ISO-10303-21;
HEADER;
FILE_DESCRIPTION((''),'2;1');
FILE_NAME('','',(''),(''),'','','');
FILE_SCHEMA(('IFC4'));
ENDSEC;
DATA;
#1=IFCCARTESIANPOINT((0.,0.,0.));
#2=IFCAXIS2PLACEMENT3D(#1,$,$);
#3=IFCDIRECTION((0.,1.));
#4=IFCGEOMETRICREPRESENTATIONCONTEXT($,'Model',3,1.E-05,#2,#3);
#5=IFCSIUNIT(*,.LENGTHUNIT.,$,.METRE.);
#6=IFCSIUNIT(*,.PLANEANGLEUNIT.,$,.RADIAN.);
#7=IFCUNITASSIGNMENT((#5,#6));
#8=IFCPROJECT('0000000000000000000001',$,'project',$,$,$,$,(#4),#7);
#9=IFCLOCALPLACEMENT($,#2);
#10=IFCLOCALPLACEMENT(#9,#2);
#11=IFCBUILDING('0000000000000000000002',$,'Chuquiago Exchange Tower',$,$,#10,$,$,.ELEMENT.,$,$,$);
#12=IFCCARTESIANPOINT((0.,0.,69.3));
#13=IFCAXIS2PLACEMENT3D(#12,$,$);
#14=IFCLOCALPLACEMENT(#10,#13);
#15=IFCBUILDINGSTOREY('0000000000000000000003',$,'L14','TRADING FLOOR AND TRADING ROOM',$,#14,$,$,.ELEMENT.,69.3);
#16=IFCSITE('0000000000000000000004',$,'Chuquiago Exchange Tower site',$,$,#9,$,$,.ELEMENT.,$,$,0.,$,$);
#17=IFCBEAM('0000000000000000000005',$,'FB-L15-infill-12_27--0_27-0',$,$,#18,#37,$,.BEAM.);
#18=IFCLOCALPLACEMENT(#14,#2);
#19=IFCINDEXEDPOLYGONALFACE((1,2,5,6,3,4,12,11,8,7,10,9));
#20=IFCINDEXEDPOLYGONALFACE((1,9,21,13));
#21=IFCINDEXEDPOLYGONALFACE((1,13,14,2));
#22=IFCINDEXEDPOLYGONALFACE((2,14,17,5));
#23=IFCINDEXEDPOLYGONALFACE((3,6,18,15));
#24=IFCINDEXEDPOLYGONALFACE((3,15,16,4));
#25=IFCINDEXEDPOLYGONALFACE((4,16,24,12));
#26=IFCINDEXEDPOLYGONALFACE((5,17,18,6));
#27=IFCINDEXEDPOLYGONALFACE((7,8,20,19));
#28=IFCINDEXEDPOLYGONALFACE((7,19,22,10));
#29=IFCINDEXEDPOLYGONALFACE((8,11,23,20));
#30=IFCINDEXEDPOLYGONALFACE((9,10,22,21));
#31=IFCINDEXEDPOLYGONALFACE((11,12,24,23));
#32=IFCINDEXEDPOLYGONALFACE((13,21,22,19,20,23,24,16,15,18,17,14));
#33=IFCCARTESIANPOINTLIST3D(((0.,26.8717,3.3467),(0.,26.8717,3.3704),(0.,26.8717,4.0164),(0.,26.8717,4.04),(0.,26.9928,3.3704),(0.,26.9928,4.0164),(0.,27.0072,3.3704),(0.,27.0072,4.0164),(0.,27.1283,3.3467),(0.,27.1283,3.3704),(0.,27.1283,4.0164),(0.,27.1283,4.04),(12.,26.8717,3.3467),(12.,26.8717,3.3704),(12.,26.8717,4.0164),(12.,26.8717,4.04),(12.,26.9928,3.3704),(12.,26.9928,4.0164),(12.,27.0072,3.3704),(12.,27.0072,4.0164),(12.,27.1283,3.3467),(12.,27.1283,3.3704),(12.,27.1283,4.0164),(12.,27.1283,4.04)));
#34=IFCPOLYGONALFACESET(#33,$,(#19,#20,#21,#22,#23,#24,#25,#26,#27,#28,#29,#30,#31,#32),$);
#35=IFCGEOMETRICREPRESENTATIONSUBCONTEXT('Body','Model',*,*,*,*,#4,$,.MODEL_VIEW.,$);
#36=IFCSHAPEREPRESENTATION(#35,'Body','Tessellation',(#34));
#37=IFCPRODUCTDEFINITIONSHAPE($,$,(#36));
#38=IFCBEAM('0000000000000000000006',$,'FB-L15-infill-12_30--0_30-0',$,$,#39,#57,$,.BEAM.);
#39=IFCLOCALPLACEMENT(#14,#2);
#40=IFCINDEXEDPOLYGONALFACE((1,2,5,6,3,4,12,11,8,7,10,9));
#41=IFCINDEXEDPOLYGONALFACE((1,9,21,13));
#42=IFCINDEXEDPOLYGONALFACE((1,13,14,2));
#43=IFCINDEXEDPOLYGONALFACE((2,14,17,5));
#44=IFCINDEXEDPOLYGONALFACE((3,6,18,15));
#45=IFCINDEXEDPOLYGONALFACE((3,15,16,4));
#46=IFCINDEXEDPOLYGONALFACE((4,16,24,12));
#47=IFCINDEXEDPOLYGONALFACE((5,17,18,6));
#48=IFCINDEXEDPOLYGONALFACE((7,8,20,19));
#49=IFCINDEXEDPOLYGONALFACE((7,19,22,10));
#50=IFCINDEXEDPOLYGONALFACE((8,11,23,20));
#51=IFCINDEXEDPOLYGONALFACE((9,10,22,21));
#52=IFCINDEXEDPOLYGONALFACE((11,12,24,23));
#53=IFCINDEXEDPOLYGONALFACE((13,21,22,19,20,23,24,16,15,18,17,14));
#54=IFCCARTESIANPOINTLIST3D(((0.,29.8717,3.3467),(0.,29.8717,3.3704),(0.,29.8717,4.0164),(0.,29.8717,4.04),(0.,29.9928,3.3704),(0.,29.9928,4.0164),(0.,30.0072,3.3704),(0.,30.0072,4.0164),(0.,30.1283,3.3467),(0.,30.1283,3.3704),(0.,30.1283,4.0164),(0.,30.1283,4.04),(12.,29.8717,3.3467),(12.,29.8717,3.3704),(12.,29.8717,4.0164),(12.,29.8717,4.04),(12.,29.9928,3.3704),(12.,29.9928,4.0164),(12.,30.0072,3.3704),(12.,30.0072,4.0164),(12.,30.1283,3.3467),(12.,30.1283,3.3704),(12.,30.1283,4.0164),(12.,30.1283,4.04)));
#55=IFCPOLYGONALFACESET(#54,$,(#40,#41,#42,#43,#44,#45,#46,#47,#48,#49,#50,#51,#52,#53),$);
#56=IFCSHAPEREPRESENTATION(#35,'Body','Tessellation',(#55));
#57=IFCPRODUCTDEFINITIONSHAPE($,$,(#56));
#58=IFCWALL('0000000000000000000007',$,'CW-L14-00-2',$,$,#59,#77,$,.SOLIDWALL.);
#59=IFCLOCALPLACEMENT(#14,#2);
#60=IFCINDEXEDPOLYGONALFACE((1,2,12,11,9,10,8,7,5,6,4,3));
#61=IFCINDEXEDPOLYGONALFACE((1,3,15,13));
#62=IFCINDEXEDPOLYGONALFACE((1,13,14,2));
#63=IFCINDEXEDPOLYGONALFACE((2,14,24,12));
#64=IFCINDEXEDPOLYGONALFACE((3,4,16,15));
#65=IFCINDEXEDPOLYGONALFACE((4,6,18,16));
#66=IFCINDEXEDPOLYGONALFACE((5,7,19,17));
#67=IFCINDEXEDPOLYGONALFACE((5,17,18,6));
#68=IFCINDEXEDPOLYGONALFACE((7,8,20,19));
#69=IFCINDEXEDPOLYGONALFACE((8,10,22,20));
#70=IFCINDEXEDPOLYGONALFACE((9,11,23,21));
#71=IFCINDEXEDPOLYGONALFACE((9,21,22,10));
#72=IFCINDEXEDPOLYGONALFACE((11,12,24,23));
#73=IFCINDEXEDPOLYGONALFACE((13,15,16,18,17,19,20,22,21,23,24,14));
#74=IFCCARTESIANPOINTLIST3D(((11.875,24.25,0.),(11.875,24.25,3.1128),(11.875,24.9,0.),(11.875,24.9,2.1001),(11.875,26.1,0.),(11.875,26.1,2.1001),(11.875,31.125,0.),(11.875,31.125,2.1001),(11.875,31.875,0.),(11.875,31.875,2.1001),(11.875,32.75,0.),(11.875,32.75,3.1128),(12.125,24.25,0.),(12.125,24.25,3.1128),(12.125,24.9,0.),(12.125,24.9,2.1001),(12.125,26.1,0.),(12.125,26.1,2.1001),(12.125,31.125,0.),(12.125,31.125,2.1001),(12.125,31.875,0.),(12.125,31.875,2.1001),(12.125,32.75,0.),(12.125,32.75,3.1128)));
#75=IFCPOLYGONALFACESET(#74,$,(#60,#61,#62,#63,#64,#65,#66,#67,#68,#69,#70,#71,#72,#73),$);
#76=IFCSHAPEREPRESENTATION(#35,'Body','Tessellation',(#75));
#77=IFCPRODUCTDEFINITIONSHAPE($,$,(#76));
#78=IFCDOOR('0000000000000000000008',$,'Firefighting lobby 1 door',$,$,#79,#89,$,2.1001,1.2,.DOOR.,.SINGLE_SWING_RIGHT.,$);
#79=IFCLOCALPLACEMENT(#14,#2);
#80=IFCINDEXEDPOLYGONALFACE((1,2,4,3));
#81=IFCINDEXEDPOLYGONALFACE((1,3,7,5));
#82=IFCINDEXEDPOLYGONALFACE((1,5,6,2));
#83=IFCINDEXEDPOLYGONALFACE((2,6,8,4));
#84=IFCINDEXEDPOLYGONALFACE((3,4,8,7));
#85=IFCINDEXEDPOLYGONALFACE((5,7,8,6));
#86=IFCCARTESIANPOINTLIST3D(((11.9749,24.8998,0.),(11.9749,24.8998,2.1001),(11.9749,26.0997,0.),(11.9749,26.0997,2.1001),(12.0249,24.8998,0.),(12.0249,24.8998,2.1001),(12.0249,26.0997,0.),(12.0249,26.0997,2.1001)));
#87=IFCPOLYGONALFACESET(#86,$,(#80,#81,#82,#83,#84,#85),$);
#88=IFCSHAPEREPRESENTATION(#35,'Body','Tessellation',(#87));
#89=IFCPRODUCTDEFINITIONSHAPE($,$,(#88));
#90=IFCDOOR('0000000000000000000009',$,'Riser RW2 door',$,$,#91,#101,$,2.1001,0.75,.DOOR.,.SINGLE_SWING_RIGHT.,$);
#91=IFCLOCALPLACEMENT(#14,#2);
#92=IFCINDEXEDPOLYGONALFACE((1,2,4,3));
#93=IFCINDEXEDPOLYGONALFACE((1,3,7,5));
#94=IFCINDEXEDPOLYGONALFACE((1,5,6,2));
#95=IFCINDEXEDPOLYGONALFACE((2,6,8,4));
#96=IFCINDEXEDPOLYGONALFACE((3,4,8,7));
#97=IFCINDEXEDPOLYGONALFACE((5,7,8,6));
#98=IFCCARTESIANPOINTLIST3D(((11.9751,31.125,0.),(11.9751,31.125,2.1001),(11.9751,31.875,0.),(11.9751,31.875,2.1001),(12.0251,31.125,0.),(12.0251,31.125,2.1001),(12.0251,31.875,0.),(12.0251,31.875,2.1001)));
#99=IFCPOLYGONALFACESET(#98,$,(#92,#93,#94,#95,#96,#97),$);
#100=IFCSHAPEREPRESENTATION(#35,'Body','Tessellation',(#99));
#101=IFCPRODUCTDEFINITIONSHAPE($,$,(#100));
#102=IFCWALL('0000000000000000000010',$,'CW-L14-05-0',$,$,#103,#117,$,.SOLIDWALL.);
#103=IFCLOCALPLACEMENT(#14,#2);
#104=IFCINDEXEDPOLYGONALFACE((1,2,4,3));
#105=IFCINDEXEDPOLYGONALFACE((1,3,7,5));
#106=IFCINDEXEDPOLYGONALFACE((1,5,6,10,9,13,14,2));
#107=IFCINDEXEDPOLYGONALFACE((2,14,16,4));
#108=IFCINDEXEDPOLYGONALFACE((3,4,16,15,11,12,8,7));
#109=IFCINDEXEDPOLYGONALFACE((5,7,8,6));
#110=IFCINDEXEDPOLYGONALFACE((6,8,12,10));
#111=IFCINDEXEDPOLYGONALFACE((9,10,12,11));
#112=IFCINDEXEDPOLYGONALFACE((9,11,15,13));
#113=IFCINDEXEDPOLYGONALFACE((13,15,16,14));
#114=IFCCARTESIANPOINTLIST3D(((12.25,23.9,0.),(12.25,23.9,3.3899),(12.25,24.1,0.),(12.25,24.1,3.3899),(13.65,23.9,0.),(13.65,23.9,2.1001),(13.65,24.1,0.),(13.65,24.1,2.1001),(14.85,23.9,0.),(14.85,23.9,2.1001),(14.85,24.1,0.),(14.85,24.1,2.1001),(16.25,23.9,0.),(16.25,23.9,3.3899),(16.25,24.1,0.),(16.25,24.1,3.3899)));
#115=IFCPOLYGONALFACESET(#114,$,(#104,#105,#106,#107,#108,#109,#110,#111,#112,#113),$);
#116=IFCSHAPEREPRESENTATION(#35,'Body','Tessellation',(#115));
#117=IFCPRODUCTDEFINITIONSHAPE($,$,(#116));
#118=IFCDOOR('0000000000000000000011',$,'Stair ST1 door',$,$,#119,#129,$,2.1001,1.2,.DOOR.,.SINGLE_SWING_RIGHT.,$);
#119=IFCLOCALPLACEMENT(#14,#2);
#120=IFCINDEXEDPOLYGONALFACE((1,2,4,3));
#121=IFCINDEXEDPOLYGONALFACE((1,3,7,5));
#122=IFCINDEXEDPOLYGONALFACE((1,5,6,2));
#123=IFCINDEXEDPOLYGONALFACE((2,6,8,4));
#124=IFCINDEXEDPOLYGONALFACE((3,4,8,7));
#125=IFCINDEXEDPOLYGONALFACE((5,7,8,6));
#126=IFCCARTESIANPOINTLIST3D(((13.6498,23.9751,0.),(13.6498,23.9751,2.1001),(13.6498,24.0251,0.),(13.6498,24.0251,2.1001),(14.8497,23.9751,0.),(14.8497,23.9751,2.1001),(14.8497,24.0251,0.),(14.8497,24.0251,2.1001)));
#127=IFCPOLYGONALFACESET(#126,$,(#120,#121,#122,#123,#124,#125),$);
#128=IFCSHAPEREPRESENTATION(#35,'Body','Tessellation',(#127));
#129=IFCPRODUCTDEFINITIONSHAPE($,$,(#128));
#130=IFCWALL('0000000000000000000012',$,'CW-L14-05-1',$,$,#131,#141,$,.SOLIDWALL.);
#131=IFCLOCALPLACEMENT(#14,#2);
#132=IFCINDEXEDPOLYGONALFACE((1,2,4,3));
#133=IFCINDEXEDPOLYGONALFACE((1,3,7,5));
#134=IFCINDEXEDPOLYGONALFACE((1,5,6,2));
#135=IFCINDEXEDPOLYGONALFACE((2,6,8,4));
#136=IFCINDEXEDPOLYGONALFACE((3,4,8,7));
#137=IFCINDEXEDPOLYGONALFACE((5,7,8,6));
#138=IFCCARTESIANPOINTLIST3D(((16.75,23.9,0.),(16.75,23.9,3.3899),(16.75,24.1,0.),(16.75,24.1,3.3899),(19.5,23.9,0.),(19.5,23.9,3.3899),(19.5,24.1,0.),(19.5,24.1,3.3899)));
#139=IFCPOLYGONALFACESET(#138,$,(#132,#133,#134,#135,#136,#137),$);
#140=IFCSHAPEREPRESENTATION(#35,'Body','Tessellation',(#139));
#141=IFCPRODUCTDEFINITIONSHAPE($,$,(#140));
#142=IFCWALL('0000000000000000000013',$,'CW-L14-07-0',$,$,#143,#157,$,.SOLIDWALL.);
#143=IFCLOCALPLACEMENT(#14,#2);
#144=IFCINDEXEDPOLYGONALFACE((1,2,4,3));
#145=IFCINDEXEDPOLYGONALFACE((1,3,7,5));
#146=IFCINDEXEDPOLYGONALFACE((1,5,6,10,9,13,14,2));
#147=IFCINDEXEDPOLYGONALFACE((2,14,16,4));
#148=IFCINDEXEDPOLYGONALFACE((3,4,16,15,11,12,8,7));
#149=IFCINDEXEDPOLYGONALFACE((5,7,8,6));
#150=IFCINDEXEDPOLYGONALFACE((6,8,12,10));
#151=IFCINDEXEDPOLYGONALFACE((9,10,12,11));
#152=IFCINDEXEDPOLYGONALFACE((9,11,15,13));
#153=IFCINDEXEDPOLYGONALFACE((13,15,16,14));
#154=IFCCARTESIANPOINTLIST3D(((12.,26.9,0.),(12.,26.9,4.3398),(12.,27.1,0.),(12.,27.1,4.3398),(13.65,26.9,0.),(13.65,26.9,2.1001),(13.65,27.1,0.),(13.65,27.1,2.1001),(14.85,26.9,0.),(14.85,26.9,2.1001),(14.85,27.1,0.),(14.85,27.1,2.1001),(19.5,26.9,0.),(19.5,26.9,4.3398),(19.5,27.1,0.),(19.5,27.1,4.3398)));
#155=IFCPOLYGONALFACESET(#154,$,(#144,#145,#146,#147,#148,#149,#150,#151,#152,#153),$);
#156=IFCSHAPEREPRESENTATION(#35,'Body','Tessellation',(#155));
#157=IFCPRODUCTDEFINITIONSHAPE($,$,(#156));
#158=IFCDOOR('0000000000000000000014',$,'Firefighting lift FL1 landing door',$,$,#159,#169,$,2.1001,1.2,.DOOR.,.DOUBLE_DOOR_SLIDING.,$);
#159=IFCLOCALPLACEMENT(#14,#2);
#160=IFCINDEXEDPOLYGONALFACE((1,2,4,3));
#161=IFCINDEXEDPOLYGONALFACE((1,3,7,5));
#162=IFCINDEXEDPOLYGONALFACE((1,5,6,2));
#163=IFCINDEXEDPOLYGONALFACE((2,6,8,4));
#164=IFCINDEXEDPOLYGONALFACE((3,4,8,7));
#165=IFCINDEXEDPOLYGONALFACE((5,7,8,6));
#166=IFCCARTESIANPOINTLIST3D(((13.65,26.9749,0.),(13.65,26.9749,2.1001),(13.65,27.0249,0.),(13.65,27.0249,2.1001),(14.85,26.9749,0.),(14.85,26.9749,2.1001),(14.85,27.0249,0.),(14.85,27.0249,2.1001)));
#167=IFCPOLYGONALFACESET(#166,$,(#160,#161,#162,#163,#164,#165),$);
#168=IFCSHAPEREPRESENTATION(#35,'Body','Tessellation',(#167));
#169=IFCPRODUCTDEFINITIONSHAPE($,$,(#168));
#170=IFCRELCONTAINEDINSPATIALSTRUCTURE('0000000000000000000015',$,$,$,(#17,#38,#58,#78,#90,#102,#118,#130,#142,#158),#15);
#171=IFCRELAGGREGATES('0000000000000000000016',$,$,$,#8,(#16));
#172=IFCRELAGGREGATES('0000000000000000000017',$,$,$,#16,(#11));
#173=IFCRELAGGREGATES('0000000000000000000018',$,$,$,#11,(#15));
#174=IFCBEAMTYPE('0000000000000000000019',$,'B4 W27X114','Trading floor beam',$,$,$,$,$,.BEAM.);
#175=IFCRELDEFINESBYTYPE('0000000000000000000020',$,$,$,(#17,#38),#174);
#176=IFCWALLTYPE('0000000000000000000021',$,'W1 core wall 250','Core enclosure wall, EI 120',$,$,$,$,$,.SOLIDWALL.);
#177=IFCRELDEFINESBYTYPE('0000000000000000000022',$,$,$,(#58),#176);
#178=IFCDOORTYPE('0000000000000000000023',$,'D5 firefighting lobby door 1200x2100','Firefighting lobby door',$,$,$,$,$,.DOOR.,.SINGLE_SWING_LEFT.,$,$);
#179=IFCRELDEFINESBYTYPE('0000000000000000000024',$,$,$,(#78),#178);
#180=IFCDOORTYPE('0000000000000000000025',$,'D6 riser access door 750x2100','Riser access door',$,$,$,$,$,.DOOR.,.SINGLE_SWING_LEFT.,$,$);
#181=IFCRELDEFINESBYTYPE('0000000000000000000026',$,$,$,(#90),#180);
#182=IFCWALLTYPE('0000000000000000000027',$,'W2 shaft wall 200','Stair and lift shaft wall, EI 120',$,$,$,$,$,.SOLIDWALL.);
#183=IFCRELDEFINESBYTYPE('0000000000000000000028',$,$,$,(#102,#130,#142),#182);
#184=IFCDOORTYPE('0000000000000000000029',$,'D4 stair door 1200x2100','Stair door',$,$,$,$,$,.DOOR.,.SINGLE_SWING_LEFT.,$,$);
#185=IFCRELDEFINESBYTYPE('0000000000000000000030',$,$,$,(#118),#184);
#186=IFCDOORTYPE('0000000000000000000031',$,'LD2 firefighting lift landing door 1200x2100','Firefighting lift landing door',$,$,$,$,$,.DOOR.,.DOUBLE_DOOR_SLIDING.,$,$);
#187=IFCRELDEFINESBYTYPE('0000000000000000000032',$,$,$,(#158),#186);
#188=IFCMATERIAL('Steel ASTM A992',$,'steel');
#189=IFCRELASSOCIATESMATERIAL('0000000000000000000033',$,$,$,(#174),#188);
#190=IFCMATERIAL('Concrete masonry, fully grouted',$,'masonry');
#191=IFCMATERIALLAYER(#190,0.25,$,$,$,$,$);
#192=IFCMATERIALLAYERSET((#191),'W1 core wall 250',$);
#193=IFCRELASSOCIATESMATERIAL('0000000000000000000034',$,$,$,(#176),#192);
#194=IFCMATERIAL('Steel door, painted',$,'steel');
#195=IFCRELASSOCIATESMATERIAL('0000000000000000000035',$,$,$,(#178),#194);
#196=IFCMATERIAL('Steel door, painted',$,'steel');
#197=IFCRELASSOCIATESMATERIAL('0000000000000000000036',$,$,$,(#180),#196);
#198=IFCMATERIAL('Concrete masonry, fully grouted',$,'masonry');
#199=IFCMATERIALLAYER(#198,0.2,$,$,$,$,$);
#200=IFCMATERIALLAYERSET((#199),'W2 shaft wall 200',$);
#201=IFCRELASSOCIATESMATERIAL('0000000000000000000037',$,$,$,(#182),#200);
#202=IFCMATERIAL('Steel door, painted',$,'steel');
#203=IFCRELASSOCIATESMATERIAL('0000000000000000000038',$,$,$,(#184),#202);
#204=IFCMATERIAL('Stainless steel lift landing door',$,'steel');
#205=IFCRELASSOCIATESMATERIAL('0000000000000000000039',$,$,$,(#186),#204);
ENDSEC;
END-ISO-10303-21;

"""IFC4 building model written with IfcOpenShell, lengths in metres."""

from ifc_helpers import new_model, si_unit, direction, frame, frame_2d, origin, origin_2d, place, context, subcontext, project, spatial, rectangle, i_section, extrude, material, layer, layer_set, material_profile, profile_set, type_object, element, fill, save


model = new_model("IFC4")

# Units and contexts
model_context = context("Model", 3, precision=1e-05, world=origin(), true_north=direction((0.0, 1.0)))
body_context = subcontext(model_context, "Body", "Model", "MODEL_VIEW")
ifc_project = project(units=[si_unit("LENGTHUNIT", "METRE"), si_unit("PLANEANGLEUNIT", "RADIAN")], contexts=[model_context])

# Site, building, storey
site_placement = place(None, origin())
site = spatial("IfcSite", under=ifc_project, at=site_placement, Name="Chuquiago Exchange Tower site", CompositionType="ELEMENT", RefElevation=0.0)
building_placement = place(site_placement, origin())
building = spatial("IfcBuilding", under=site, at=building_placement, Name="Chuquiago Exchange Tower", CompositionType="ELEMENT")
storey_placement = place(building_placement, frame((0.0, 0.0, 69.3)))
storey = spatial("IfcBuildingStorey", under=building, at=storey_placement, Name="L14", Description="TRADING FLOOR AND TRADING ROOM", CompositionType="ELEMENT", Elevation=69.3)

# Beams
ifc_material_1 = material(Name="Steel ASTM A992", Category="steel")
ifc_material_profile_1 = material_profile(ifc_material_1, i_section(OverallWidth=0.2566, OverallDepth=0.6934, WebThickness=0.0144, FlangeThickness=0.0237, at=origin_2d()), Name="W27X114")
ifc_profile_set_1 = profile_set([ifc_material_profile_1], Name="Steel ASTM A992")
beam_type_1 = type_object("IfcBeamType", Name="B4 W27X114", Description="Trading floor beam", PredefinedType="BEAM", material=ifc_profile_set_1)
for number, where, z_axis, x_axis, name in (
    (1, (12.0, 27.0, 3.6934), (-1.0, 0.0, 0.0), (0.0, -1.0, 0.0), "FB-L15-infill-12_27--0_27-0"),
    (2, (12.0, 30.0, 3.6934), (-1.0, 0.0, 0.0), (0.0, -1.0, 0.0), "FB-L15-infill-12_30--0_30-0"),
):
    element("IfcBeam", number, at=place(storey_placement, frame(where, z_axis=z_axis, x_axis=x_axis)), inside=storey, type_object=beam_type_1, Name=name, PredefinedType="BEAM", context=body_context, shape_type="SweptSolid", body=[
        extrude(i_section(OverallWidth=0.2566, OverallDepth=0.6934, WebThickness=0.0144, FlangeThickness=0.0237, at=origin_2d()), origin(), (0.0, 0.0, 1.0), 12.0),
    ])

# Wall, openings, doors
ifc_material_2 = material(Name="Concrete masonry, fully grouted", Category="masonry")
ifc_layer_1 = layer(ifc_material_2, 0.25)
ifc_layer_set_1 = layer_set([ifc_layer_1], Name="W1 core wall 250")
wall_type_1 = type_object("IfcWallType", Name="W1 core wall 250", Description="Core enclosure wall, EI 120", PredefinedType="SOLIDWALL", material=ifc_layer_set_1)
wall_1_placement = place(storey_placement, frame((12.0, 24.25, 0.0), z_axis=(0.0, 0.0, 1.0), x_axis=(0.0, 1.0, 0.0)))
wall_1 = element("IfcWall", 3, at=wall_1_placement, inside=storey, type_object=wall_type_1, Name="CW-L14-00-2", PredefinedType="SOLIDWALL", context=body_context, shape_type="SweptSolid", body=[
    extrude(rectangle(XDim=8.5, YDim=0.25, at=frame_2d((4.25, 0.0))), origin(), (0.0, 0.0, 1.0), 3.1128),
])
opening_1_placement = place(wall_1_placement, frame((0.6499, 0.0, 0.0)))
opening_1 = element("IfcOpeningElement", 4, at=opening_1_placement, cuts=wall_1, PredefinedType="OPENING", context=body_context, shape_type="SweptSolid", body=[
    extrude(rectangle(XDim=1.2, YDim=2.1001, at=frame_2d((0.6001, 1.05))), frame((0.0, 0.135, 0.0), z_axis=(0.0, -1.0, 0.0), x_axis=(1.0, 0.0, 0.0)), (0.0, 0.0, 1.0), 0.27),
])
opening_2_placement = place(wall_1_placement, frame((6.875, 0.0, 0.0)))
opening_2 = element("IfcOpeningElement", 5, at=opening_2_placement, cuts=wall_1, PredefinedType="OPENING", context=body_context, shape_type="SweptSolid", body=[
    extrude(rectangle(XDim=0.75, YDim=2.1001, at=frame_2d((0.375, 1.05))), frame((0.0, 0.135, 0.0), z_axis=(0.0, -1.0, 0.0), x_axis=(1.0, 0.0, 0.0)), (0.0, 0.0, 1.0), 0.27),
])
ifc_material_3 = material(Name="Steel door, painted", Category="steel")
door_type_1 = type_object("IfcDoorType", Name="D5 firefighting lobby door 1200x2100", Description="Firefighting lobby door", OperationType="SINGLE_SWING_LEFT", PredefinedType="DOOR", material=ifc_material_3)
door_1_placement = place(opening_1_placement, frame((1.2, 0.0, 0.0), z_axis=(0.0, 0.0, 1.0), x_axis=(-1.0, 0.0, 0.0)))
door_1 = element("IfcDoor", 6, at=door_1_placement, inside=storey, type_object=door_type_1, Name="Firefighting lobby 1 door", OperationType="SINGLE_SWING_RIGHT", OverallHeight=2.1001, OverallWidth=1.2, PredefinedType="DOOR", context=body_context, shape_type="SweptSolid", body=[
    extrude(rectangle(XDim=1.2, YDim=2.1001, at=frame_2d((0.6001, 1.05))), frame((0.0, 0.0249, 0.0), z_axis=(0.0, -1.0, 0.0), x_axis=(1.0, 0.0, 0.0)), (0.0, 0.0, 1.0), 0.05),
])
fill(opening_1, door_1)
ifc_material_4 = material(Name="Steel door, painted", Category="steel")
door_type_2 = type_object("IfcDoorType", Name="D6 riser access door 750x2100", Description="Riser access door", OperationType="SINGLE_SWING_LEFT", PredefinedType="DOOR", material=ifc_material_4)
door_2_placement = place(opening_2_placement, origin())
door_2 = element("IfcDoor", 7, at=door_2_placement, inside=storey, type_object=door_type_2, Name="Riser RW2 door", OperationType="SINGLE_SWING_RIGHT", OverallHeight=2.1001, OverallWidth=0.75, PredefinedType="DOOR", context=body_context, shape_type="SweptSolid", body=[
    extrude(rectangle(XDim=0.75, YDim=2.1001, at=frame_2d((0.375, 1.05))), frame((0.0, 0.0249, 0.0), z_axis=(0.0, -1.0, 0.0), x_axis=(1.0, 0.0, 0.0)), (0.0, 0.0, 1.0), 0.05),
])
fill(opening_2, door_2)

# Wall, opening, door
ifc_material_5 = material(Name="Concrete masonry, fully grouted", Category="masonry")
ifc_layer_2 = layer(ifc_material_5, 0.2)
ifc_layer_set_2 = layer_set([ifc_layer_2], Name="W2 shaft wall 200")
wall_type_2 = type_object("IfcWallType", Name="W2 shaft wall 200", Description="Stair and lift shaft wall, EI 120", PredefinedType="SOLIDWALL", material=ifc_layer_set_2)
wall_2_placement = place(storey_placement, frame((12.25, 24.0, 0.0), z_axis=(0.0, 0.0, 1.0), x_axis=(1.0, 0.0, 0.0)))
wall_2 = element("IfcWall", 8, at=wall_2_placement, inside=storey, type_object=wall_type_2, Name="CW-L14-05-0", PredefinedType="SOLIDWALL", context=body_context, shape_type="SweptSolid", body=[
    extrude(rectangle(XDim=4.0, YDim=0.2, at=frame_2d((2.0, 0.0))), origin(), (0.0, 0.0, 1.0), 3.3899),
])
opening_3_placement = place(wall_2_placement, frame((1.3999, 0.0, 0.0)))
opening_3 = element("IfcOpeningElement", 9, at=opening_3_placement, cuts=wall_2, PredefinedType="OPENING", context=body_context, shape_type="SweptSolid", body=[
    extrude(rectangle(XDim=1.2, YDim=2.1001, at=frame_2d((0.6001, 1.05))), frame((0.0, 0.1099, 0.0), z_axis=(0.0, -1.0, 0.0), x_axis=(1.0, 0.0, 0.0)), (0.0, 0.0, 1.0), 0.22),
])
ifc_material_6 = material(Name="Steel door, painted", Category="steel")
door_type_3 = type_object("IfcDoorType", Name="D4 stair door 1200x2100", Description="Stair door", OperationType="SINGLE_SWING_LEFT", PredefinedType="DOOR", material=ifc_material_6)
door_3_placement = place(opening_3_placement, frame((1.2, 0.0, 0.0), z_axis=(0.0, 0.0, 1.0), x_axis=(-1.0, 0.0, 0.0)))
door_3 = element("IfcDoor", 10, at=door_3_placement, inside=storey, type_object=door_type_3, Name="Stair ST1 door", OperationType="SINGLE_SWING_RIGHT", OverallHeight=2.1001, OverallWidth=1.2, PredefinedType="DOOR", context=body_context, shape_type="SweptSolid", body=[
    extrude(rectangle(XDim=1.2, YDim=2.1001, at=frame_2d((0.6001, 1.05))), frame((0.0, 0.0249, 0.0), z_axis=(0.0, -1.0, 0.0), x_axis=(1.0, 0.0, 0.0)), (0.0, 0.0, 1.0), 0.05),
])
fill(opening_3, door_3)

# Wall
wall_3_placement = place(storey_placement, frame((16.75, 24.0, 0.0), z_axis=(0.0, 0.0, 1.0), x_axis=(1.0, 0.0, 0.0)))
element("IfcWall", 11, at=wall_3_placement, inside=storey, type_object=wall_type_2, Name="CW-L14-05-1", PredefinedType="SOLIDWALL", context=body_context, shape_type="SweptSolid", body=[
    extrude(rectangle(XDim=2.75, YDim=0.2, at=frame_2d((1.375, 0.0))), origin(), (0.0, 0.0, 1.0), 3.3899),
])

# Wall, opening, door
wall_4_placement = place(storey_placement, frame((12.0, 27.0, 0.0), z_axis=(0.0, 0.0, 1.0), x_axis=(1.0, 0.0, 0.0)))
wall_4 = element("IfcWall", 12, at=wall_4_placement, inside=storey, type_object=wall_type_2, Name="CW-L14-07-0", PredefinedType="SOLIDWALL", context=body_context, shape_type="SweptSolid", body=[
    extrude(rectangle(XDim=7.5, YDim=0.2, at=frame_2d((3.75, 0.0))), origin(), (0.0, 0.0, 1.0), 4.3398),
])
opening_4_placement = place(wall_4_placement, frame((1.6499, 0.0, 0.0)))
opening_4 = element("IfcOpeningElement", 13, at=opening_4_placement, cuts=wall_4, PredefinedType="OPENING", context=body_context, shape_type="SweptSolid", body=[
    extrude(rectangle(XDim=1.2, YDim=2.1001, at=frame_2d((0.6001, 1.05))), frame((0.0, 0.1099, 0.0), z_axis=(0.0, -1.0, 0.0), x_axis=(1.0, 0.0, 0.0)), (0.0, 0.0, 1.0), 0.22),
])
ifc_material_7 = material(Name="Stainless steel lift landing door", Category="steel")
door_type_4 = type_object("IfcDoorType", Name="LD2 firefighting lift landing door 1200x2100", Description="Firefighting lift landing door", OperationType="DOUBLE_DOOR_SLIDING", PredefinedType="DOOR", material=ifc_material_7)
door_4_placement = place(opening_4_placement, origin())
door_4 = element("IfcDoor", 14, at=door_4_placement, inside=storey, type_object=door_type_4, Name="Firefighting lift FL1 landing door", OperationType="DOUBLE_DOOR_SLIDING", OverallHeight=2.1001, OverallWidth=1.2, PredefinedType="DOOR", context=body_context, shape_type="SweptSolid", body=[
    extrude(rectangle(XDim=1.2, YDim=2.1001, at=frame_2d((0.6001, 1.05))), frame((0.0, 0.0249, 0.0), z_axis=(0.0, -1.0, 0.0), x_axis=(1.0, 0.0, 0.0)), (0.0, 0.0, 1.0), 0.05),
])
fill(opening_4, door_4)

save(model, "model.ifc")
